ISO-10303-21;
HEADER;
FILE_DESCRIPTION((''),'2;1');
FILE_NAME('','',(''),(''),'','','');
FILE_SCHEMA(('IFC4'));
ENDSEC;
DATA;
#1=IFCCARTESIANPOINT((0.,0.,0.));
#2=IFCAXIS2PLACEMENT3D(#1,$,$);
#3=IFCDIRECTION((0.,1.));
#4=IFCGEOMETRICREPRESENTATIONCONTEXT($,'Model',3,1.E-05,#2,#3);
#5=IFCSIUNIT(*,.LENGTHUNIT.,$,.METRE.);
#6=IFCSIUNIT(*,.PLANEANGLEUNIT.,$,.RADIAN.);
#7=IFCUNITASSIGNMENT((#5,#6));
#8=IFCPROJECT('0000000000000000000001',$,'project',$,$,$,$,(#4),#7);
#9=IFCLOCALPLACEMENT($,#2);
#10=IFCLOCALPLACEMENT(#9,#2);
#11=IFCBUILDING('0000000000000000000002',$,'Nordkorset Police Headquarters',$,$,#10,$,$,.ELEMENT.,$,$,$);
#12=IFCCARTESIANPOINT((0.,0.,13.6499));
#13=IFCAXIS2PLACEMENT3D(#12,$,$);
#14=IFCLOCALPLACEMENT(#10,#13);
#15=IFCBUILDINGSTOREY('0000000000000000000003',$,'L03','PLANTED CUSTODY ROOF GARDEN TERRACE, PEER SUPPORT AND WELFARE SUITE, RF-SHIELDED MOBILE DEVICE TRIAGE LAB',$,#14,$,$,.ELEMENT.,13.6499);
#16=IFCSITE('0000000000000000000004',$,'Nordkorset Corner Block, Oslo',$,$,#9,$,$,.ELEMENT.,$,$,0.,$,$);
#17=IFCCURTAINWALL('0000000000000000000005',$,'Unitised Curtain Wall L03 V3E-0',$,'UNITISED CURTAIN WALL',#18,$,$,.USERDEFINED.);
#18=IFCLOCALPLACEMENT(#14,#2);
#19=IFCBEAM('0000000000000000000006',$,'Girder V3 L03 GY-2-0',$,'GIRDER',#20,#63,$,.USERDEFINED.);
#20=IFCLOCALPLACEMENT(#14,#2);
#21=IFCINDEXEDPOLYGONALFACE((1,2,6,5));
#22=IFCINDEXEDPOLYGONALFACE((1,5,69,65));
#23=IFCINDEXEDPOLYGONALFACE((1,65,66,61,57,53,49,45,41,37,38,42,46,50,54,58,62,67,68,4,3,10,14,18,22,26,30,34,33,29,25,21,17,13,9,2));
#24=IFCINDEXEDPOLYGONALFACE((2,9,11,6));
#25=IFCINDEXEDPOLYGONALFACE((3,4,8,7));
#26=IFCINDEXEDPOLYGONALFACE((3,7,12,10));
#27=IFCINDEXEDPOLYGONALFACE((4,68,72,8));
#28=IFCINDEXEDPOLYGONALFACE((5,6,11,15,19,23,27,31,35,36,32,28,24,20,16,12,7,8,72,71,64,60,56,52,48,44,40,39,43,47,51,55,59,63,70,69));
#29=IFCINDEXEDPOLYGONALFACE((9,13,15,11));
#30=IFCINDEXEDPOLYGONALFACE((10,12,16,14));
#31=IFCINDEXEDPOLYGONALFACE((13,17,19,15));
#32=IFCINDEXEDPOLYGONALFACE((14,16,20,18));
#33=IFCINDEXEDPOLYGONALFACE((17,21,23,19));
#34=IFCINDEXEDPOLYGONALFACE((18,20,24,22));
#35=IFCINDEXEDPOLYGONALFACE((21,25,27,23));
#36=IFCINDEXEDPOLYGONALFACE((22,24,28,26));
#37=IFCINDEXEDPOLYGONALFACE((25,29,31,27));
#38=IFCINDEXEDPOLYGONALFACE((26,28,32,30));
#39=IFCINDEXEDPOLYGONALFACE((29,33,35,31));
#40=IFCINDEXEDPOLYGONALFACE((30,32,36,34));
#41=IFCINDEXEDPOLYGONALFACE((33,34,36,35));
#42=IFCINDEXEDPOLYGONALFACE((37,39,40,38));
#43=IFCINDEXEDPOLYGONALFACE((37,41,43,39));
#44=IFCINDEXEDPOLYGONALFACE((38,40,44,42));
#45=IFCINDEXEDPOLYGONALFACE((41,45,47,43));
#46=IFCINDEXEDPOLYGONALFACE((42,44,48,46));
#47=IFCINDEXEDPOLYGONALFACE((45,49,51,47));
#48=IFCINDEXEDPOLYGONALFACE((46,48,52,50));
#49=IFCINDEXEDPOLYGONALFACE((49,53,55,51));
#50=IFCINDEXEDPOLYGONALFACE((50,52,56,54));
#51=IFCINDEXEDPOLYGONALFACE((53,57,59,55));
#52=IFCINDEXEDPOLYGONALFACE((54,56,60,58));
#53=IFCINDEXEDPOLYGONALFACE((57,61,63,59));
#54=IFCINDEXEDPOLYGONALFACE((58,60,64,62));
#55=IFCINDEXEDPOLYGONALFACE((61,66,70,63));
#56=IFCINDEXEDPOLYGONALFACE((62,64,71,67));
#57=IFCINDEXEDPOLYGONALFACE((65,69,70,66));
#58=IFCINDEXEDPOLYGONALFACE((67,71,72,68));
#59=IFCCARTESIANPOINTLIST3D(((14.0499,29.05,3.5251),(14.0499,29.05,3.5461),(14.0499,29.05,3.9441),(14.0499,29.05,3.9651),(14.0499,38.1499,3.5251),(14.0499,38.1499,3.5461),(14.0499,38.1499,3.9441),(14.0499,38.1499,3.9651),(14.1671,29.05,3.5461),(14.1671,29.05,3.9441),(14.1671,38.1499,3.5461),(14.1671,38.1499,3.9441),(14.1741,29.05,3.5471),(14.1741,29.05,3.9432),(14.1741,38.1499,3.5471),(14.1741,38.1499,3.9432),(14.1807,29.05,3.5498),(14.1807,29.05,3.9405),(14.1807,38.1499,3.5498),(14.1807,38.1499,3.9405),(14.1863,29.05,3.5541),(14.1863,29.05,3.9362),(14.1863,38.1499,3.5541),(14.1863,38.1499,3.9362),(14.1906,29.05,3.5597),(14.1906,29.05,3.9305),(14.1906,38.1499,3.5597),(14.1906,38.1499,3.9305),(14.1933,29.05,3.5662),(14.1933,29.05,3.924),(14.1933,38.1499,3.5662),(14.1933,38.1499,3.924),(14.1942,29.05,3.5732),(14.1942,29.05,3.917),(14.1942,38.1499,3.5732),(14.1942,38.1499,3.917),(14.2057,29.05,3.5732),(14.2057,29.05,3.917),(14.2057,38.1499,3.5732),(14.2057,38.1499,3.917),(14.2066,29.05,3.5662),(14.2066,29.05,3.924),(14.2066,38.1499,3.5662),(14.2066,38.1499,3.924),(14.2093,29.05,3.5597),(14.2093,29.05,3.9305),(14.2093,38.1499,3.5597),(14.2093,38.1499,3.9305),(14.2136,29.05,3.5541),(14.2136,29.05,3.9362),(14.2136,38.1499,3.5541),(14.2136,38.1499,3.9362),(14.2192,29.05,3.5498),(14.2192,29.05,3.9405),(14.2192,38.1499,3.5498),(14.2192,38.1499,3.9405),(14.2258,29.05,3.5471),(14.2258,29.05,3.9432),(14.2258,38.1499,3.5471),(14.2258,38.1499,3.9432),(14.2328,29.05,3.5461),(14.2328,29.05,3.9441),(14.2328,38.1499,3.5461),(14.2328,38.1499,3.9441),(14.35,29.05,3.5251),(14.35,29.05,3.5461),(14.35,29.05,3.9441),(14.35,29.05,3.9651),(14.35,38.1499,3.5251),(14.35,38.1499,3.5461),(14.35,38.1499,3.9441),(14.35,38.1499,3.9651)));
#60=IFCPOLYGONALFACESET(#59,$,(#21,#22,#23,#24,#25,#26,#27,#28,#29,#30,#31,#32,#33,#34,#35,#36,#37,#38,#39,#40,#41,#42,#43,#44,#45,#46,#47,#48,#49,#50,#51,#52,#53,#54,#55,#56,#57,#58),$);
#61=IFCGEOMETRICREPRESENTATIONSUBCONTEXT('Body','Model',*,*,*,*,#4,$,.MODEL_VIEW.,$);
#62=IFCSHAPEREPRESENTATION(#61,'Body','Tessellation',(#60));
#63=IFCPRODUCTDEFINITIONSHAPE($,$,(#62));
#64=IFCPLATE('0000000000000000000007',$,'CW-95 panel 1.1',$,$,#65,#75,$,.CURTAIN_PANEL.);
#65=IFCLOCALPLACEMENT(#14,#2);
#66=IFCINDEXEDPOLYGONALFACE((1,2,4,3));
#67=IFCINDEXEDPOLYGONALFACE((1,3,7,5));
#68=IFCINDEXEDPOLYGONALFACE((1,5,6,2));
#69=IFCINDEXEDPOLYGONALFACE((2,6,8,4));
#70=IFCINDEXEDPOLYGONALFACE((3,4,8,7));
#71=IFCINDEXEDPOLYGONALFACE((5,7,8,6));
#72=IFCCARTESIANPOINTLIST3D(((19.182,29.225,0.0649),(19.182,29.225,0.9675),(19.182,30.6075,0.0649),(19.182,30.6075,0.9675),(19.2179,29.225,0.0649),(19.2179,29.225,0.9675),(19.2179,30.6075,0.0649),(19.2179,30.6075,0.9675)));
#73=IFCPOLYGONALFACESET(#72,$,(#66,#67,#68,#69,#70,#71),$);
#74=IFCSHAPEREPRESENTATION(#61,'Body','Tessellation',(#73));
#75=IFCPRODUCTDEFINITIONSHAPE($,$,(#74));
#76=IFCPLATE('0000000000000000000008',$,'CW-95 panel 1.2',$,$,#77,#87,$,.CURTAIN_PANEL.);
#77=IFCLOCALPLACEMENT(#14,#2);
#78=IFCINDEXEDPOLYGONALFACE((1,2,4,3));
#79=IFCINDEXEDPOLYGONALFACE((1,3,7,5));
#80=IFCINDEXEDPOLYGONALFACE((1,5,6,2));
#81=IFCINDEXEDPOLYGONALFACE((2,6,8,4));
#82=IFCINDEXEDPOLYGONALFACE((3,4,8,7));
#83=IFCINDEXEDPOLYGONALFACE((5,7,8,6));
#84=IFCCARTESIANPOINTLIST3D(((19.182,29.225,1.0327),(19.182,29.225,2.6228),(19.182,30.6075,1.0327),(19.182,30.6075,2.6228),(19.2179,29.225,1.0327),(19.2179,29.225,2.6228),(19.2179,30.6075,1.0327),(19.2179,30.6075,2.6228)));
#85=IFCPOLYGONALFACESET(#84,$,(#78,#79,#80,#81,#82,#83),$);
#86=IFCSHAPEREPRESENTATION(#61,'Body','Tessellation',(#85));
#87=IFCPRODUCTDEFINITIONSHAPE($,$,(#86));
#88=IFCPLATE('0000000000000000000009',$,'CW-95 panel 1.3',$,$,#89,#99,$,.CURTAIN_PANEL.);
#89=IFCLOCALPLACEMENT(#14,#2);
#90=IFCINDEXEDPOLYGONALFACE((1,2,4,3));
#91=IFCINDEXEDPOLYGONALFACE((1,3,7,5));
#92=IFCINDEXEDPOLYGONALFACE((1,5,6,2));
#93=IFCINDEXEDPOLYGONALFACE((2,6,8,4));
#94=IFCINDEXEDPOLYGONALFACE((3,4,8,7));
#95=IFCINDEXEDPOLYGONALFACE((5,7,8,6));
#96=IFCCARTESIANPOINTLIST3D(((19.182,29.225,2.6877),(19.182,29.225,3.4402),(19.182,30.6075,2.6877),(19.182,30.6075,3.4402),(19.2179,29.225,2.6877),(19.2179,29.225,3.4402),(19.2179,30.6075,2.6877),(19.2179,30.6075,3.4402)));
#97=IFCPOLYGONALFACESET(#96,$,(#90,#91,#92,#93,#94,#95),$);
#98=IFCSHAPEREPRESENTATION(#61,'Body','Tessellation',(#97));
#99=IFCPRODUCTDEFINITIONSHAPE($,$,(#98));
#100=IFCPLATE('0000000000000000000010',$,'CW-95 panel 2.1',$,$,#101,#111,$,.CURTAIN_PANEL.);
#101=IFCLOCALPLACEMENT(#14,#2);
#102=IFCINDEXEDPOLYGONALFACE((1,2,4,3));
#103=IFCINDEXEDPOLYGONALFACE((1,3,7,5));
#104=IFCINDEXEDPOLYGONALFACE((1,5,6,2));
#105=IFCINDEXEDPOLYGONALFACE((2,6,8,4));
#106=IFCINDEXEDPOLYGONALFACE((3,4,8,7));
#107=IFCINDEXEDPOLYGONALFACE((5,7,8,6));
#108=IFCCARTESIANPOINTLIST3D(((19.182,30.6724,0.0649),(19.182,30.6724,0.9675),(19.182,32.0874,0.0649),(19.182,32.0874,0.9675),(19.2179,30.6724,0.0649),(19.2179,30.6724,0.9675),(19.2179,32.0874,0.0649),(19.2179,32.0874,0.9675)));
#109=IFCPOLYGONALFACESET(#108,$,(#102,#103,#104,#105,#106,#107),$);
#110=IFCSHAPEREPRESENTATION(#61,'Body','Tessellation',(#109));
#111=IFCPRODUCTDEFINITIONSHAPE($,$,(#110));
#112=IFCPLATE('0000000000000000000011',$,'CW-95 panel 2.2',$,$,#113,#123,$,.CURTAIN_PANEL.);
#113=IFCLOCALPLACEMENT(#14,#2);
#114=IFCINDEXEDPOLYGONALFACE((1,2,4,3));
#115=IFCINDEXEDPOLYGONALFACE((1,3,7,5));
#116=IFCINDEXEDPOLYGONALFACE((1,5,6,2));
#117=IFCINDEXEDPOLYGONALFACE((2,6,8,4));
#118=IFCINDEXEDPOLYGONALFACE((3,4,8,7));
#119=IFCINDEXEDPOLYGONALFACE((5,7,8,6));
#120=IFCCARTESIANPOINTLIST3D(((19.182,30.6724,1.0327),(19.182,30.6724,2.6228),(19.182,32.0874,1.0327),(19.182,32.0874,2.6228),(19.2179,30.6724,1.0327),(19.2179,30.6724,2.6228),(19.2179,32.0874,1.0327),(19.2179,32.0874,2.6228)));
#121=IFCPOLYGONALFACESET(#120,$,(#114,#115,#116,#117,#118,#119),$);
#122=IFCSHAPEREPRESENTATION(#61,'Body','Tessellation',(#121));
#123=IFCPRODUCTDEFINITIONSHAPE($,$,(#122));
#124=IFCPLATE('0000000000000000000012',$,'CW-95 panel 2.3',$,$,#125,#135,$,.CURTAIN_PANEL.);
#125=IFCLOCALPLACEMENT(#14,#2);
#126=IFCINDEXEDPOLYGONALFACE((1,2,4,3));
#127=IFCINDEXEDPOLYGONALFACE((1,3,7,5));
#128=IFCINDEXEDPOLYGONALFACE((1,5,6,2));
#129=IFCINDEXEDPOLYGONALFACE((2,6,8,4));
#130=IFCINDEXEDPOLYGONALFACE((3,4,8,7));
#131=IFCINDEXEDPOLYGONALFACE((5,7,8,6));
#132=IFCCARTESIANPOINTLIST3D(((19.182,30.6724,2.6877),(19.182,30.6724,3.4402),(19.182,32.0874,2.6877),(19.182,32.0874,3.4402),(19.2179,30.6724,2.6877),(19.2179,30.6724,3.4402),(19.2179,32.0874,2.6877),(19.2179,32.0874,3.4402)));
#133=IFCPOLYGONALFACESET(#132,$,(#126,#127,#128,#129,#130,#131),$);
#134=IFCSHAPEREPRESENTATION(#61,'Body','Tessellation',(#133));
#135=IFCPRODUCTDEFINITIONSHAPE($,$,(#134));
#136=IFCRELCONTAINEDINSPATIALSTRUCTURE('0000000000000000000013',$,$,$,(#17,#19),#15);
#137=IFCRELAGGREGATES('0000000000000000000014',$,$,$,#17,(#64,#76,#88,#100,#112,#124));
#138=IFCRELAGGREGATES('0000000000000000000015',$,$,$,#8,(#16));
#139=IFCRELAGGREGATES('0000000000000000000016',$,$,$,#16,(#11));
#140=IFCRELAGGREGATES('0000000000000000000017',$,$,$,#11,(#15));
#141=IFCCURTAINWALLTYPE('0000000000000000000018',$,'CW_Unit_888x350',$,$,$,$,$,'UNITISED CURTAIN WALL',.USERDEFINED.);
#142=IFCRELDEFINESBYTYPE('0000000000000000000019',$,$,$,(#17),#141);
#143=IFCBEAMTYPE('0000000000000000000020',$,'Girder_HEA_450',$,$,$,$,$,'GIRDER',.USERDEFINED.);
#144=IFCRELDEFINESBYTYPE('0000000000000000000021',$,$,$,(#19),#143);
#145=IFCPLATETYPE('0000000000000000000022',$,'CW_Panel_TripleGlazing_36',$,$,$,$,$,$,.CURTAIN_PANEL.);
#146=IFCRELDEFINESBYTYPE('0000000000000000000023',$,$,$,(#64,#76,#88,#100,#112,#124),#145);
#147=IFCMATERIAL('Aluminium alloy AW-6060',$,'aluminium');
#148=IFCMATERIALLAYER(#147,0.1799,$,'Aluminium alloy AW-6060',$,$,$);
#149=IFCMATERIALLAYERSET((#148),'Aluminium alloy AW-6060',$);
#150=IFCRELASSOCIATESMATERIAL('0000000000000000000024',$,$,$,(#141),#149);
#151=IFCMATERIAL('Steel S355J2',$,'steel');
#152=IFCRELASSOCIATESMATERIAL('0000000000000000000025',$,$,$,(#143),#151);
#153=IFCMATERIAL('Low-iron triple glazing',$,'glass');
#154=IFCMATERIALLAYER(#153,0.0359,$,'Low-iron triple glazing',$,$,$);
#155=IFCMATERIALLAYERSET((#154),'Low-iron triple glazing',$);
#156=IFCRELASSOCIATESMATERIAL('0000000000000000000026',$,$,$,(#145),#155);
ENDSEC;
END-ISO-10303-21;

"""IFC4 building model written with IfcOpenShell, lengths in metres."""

from ifc_helpers import new_model, si_unit, direction, frame, origin, origin_2d, place, context, subcontext, project, spatial, rectangle, i_section, extrude, material, layer, layer_set, material_profile, profile_set, type_object, element, aggregate, save


model = new_model("IFC4")

# Units and contexts
model_context = context("Model", 3, precision=1e-05, world=origin(), true_north=direction((0.0, 1.0)))
body_context = subcontext(model_context, "Body", "Model", "MODEL_VIEW")
ifc_project = project(units=[si_unit("LENGTHUNIT", "METRE"), si_unit("PLANEANGLEUNIT", "RADIAN")], contexts=[model_context])

# Site, building, storey
site_placement = place(None, origin())
site = spatial("IfcSite", under=ifc_project, at=site_placement, Name="Nordkorset Corner Block, Oslo", CompositionType="ELEMENT", RefElevation=0.0)
building_placement = place(site_placement, origin())
building = spatial("IfcBuilding", under=site, at=building_placement, Name="Nordkorset Police Headquarters", CompositionType="ELEMENT")
storey_placement = place(building_placement, frame((0.0, 0.0, 13.6499)))
storey = spatial("IfcBuildingStorey", under=building, at=storey_placement, Name="L03", Description="PLANTED CUSTODY ROOF GARDEN TERRACE, PEER SUPPORT AND WELFARE SUITE, RF-SHIELDED MOBILE DEVICE TRIAGE LAB", CompositionType="ELEMENT", Elevation=13.6499)

# Curtain wall
ifc_material_1 = material(Name="Aluminium alloy AW-6060", Category="aluminium")
ifc_layer_1 = layer(ifc_material_1, 0.1799, Name="Aluminium alloy AW-6060")
ifc_layer_set_1 = layer_set([ifc_layer_1], Name="Aluminium alloy AW-6060")
curtain_wall_type = type_object("IfcCurtainWallType", Name="CW_Unit_888x350", ElementType="UNITISED CURTAIN WALL", PredefinedType="USERDEFINED", material=ifc_layer_set_1)
curtain_wall_placement = place(storey_placement, origin())
curtain_wall = element("IfcCurtainWall", 1, at=curtain_wall_placement, inside=storey, type_object=curtain_wall_type, Name="Unitised Curtain Wall L03 V3E-0", ObjectType="UNITISED CURTAIN WALL", PredefinedType="USERDEFINED")

# Beam
ifc_material_2 = material(Name="Steel S355J2", Category="steel")
ifc_material_profile_1 = material_profile(ifc_material_2, i_section(OverallWidth=0.3, OverallDepth=0.4399, WebThickness=0.0115, FlangeThickness=0.021, FilletRadius=0.0271, at=origin_2d()), Name="HEA 450")
ifc_profile_set_1 = profile_set([ifc_material_profile_1], Name="Steel S355J2")
beam_type = type_object("IfcBeamType", Name="Girder_HEA_450", ElementType="GIRDER", PredefinedType="USERDEFINED", material=ifc_profile_set_1)
beam_placement = place(storey_placement, frame((14.2, 29.05, 3.7451), z_axis=(0.0, 1.0, 0.0), x_axis=(-1.0, 0.0, 0.0)))
element("IfcBeam", 2, at=beam_placement, inside=storey, type_object=beam_type, Name="Girder V3 L03 GY-2-0", ObjectType="GIRDER", PredefinedType="USERDEFINED", context=body_context, shape_type="SweptSolid", body=[
    extrude(i_section(OverallWidth=0.3, OverallDepth=0.4399, WebThickness=0.0115, FlangeThickness=0.021, FilletRadius=0.0271, at=origin_2d()), origin(), (0.0, 0.0, 1.0), 9.0999),
])

# Plates
ifc_material_3 = material(Name="Low-iron triple glazing", Category="glass")
ifc_layer_2 = layer(ifc_material_3, 0.0359, Name="Low-iron triple glazing")
ifc_layer_set_2 = layer_set([ifc_layer_2], Name="Low-iron triple glazing")
plate_type = type_object("IfcPlateType", Name="CW_Panel_TripleGlazing_36", PredefinedType="CURTAIN_PANEL", material=ifc_layer_set_2)
plate_1_placement = place(storey_placement, frame((19.2, 29.9163, 0.0649), z_axis=(0.0, 0.0, 1.0), x_axis=(0.0, 1.0, 0.0)))
plate_1 = element("IfcPlate", 3, at=plate_1_placement, type_object=plate_type, Name="CW-95 panel 1.1", PredefinedType="CURTAIN_PANEL", context=body_context, shape_type="SweptSolid", body=[
    extrude(rectangle(XDim=1.3826, YDim=0.0359, at=origin_2d()), origin(), (0.0, 0.0, 1.0), 0.9026),
])
plate_2_placement = place(storey_placement, frame((19.2, 29.9163, 1.0327), z_axis=(0.0, 0.0, 1.0), x_axis=(0.0, 1.0, 0.0)))
plate_2 = element("IfcPlate", 4, at=plate_2_placement, type_object=plate_type, Name="CW-95 panel 1.2", PredefinedType="CURTAIN_PANEL", context=body_context, shape_type="SweptSolid", body=[
    extrude(rectangle(XDim=1.3826, YDim=0.0359, at=origin_2d()), origin(), (0.0, 0.0, 1.0), 1.5901),
])
plate_3_placement = place(storey_placement, frame((19.2, 29.9163, 2.6877), z_axis=(0.0, 0.0, 1.0), x_axis=(0.0, 1.0, 0.0)))
plate_3 = element("IfcPlate", 5, at=plate_3_placement, type_object=plate_type, Name="CW-95 panel 1.3", PredefinedType="CURTAIN_PANEL", context=body_context, shape_type="SweptSolid", body=[
    extrude(rectangle(XDim=1.3826, YDim=0.0359, at=origin_2d()), origin(), (0.0, 0.0, 1.0), 0.7524),
])
plate_4_placement = place(storey_placement, frame((19.2, 31.3799, 0.0649), z_axis=(0.0, 0.0, 1.0), x_axis=(0.0, 1.0, 0.0)))
plate_4 = element("IfcPlate", 6, at=plate_4_placement, type_object=plate_type, Name="CW-95 panel 2.1", PredefinedType="CURTAIN_PANEL", context=body_context, shape_type="SweptSolid", body=[
    extrude(rectangle(XDim=1.415, YDim=0.0359, at=origin_2d()), origin(), (0.0, 0.0, 1.0), 0.9026),
])
plate_5_placement = place(storey_placement, frame((19.2, 31.3799, 1.0327), z_axis=(0.0, 0.0, 1.0), x_axis=(0.0, 1.0, 0.0)))
plate_5 = element("IfcPlate", 7, at=plate_5_placement, type_object=plate_type, Name="CW-95 panel 2.2", PredefinedType="CURTAIN_PANEL", context=body_context, shape_type="SweptSolid", body=[
    extrude(rectangle(XDim=1.415, YDim=0.0359, at=origin_2d()), origin(), (0.0, 0.0, 1.0), 1.5901),
])
plate_6_placement = place(storey_placement, frame((19.2, 31.3799, 2.6877), z_axis=(0.0, 0.0, 1.0), x_axis=(0.0, 1.0, 0.0)))
plate_6 = element("IfcPlate", 8, at=plate_6_placement, type_object=plate_type, Name="CW-95 panel 2.3", PredefinedType="CURTAIN_PANEL", context=body_context, shape_type="SweptSolid", body=[
    extrude(rectangle(XDim=1.415, YDim=0.0359, at=origin_2d()), origin(), (0.0, 0.0, 1.0), 0.7524),
])
aggregate(curtain_wall, [plate_1, plate_2, plate_3, plate_4, plate_5, plate_6])

save(model, "model.ifc")
